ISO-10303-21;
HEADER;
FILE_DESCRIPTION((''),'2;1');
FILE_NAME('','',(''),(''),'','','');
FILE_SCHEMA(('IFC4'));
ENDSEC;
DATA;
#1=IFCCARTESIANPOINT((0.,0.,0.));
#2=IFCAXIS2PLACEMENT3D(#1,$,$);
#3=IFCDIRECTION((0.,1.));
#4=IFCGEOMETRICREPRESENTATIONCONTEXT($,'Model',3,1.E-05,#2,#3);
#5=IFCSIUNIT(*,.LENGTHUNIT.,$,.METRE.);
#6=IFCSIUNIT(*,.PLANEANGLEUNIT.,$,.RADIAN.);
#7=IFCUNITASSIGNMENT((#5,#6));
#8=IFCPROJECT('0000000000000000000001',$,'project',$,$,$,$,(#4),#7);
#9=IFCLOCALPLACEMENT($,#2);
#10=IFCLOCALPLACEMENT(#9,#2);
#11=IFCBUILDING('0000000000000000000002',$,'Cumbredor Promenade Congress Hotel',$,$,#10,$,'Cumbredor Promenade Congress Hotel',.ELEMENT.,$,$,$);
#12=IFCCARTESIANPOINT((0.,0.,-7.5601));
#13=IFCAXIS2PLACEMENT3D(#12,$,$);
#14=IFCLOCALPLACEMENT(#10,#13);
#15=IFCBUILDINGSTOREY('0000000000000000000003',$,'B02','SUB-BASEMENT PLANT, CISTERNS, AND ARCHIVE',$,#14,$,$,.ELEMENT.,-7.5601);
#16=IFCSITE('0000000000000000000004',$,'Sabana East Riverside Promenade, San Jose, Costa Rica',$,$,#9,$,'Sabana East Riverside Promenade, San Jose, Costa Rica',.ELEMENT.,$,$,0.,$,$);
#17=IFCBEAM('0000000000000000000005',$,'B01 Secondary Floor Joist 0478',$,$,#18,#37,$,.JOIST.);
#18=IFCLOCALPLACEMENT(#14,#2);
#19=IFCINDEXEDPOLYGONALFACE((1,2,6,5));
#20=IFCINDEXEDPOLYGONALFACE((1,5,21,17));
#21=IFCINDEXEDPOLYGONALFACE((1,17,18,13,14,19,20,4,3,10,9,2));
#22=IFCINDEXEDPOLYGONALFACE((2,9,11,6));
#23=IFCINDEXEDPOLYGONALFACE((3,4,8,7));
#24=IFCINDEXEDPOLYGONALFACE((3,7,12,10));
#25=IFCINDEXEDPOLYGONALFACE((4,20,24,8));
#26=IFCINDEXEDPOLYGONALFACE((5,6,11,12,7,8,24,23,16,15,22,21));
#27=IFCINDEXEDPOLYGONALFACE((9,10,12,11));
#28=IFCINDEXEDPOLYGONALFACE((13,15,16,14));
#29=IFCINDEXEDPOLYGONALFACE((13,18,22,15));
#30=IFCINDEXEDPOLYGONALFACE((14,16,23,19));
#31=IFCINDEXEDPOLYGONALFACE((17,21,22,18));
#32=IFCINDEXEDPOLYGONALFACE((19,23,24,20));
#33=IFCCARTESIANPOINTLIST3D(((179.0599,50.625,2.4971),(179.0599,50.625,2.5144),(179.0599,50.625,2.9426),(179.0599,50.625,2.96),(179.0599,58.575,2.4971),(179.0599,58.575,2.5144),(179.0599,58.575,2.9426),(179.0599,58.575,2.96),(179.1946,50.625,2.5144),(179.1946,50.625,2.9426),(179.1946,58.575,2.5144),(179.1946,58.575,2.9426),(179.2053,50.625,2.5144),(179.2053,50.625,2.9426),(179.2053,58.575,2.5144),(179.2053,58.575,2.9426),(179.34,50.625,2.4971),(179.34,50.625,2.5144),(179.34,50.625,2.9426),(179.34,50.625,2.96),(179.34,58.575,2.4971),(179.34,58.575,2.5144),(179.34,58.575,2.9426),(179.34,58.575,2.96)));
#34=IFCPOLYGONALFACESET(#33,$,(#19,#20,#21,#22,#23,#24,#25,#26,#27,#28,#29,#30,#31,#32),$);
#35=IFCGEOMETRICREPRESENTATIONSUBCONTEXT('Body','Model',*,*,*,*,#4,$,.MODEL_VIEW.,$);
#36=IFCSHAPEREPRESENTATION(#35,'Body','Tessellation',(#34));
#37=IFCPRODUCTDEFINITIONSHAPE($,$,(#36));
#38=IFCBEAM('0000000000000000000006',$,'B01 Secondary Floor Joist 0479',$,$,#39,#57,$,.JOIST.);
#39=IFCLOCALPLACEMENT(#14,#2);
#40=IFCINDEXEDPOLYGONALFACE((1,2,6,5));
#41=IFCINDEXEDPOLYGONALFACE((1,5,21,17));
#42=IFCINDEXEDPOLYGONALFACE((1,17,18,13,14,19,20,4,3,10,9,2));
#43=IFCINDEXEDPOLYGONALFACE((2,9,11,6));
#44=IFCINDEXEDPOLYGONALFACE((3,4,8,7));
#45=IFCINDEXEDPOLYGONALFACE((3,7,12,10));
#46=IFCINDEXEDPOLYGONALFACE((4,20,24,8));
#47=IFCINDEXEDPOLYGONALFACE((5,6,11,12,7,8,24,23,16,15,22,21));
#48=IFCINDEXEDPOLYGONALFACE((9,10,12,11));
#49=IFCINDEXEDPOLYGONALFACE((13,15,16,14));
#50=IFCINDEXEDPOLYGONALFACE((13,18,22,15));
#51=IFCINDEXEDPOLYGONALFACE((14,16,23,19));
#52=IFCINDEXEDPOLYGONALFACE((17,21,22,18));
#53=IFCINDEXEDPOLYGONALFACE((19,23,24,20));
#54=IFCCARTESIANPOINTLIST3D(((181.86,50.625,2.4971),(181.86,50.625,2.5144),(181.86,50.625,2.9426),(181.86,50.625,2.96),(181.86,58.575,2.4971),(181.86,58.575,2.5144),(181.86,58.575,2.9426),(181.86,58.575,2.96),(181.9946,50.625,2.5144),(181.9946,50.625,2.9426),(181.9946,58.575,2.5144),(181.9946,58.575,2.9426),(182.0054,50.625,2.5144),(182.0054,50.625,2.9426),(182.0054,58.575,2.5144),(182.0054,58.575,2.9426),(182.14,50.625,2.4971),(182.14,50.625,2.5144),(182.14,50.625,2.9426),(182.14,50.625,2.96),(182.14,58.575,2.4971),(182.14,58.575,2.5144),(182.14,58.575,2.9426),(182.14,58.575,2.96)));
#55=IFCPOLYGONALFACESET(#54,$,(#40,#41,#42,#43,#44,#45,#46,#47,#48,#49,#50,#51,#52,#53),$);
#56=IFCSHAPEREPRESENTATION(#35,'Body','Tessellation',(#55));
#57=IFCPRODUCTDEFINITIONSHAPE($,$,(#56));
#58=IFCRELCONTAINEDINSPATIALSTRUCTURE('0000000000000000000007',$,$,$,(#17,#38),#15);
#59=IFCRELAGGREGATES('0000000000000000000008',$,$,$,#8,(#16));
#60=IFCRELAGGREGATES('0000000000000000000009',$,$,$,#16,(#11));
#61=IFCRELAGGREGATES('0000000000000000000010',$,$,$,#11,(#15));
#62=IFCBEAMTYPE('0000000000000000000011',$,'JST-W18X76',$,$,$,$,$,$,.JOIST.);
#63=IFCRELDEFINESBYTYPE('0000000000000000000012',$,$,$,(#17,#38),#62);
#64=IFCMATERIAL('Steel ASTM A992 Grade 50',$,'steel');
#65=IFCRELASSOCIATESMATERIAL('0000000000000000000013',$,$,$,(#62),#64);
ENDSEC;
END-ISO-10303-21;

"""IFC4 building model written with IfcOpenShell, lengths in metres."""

from ifc_helpers import new_model, si_unit, direction, frame, origin, origin_2d, place, context, subcontext, project, spatial, i_section, extrude, material, material_profile, profile_set, type_object, element, save


model = new_model("IFC4")

# Units and contexts
model_context = context("Model", 3, precision=1e-05, world=origin(), true_north=direction((0.0, 1.0)))
body_context = subcontext(model_context, "Body", "Model", "MODEL_VIEW")
ifc_project = project(units=[si_unit("LENGTHUNIT", "METRE"), si_unit("PLANEANGLEUNIT", "RADIAN")], contexts=[model_context])

# Site, building, storey
site_placement = place(None, origin())
site = spatial("IfcSite", under=ifc_project, at=site_placement, Name="Sabana East Riverside Promenade, San Jose, Costa Rica", LongName="Sabana East Riverside Promenade, San Jose, Costa Rica", CompositionType="ELEMENT", RefElevation=0.0)
building_placement = place(site_placement, origin())
building = spatial("IfcBuilding", under=site, at=building_placement, Name="Cumbredor Promenade Congress Hotel", LongName="Cumbredor Promenade Congress Hotel", CompositionType="ELEMENT")
storey_placement = place(building_placement, frame((0.0, 0.0, -7.5601)))
storey = spatial("IfcBuildingStorey", under=building, at=storey_placement, Name="B02", Description="SUB-BASEMENT PLANT, CISTERNS, AND ARCHIVE", CompositionType="ELEMENT", Elevation=-7.5601)

# Beams
ifc_material_1 = material(Name="Steel ASTM A992 Grade 50", Category="steel")
ifc_material_profile_1 = material_profile(ifc_material_1, i_section(OverallWidth=0.28, OverallDepth=0.4629, WebThickness=0.0107, FlangeThickness=0.0173, at=origin_2d()), Name="W18X76")
ifc_profile_set_1 = profile_set([ifc_material_profile_1], Name="Steel ASTM A992 Grade 50")
beam_type_1 = type_object("IfcBeamType", Name="JST-W18X76", PredefinedType="JOIST", material=ifc_profile_set_1)
for number, where, z_axis, x_axis, name in (
    (1, (179.2, 50.625, 2.7285), (0.0, 1.0, 0.0), (-1.0, 0.0, 0.0), "B01 Secondary Floor Joist 0478"),
    (2, (182.0, 50.625, 2.7285), (0.0, 1.0, 0.0), (-1.0, 0.0, 0.0), "B01 Secondary Floor Joist 0479"),
):
    element("IfcBeam", number, at=place(storey_placement, frame(where, z_axis=z_axis, x_axis=x_axis)), inside=storey, type_object=beam_type_1, Name=name, PredefinedType="JOIST", context=body_context, shape_type="SweptSolid", body=[
        extrude(i_section(OverallWidth=0.28, OverallDepth=0.4629, WebThickness=0.0107, FlangeThickness=0.0173, at=origin_2d()), origin(), (0.0, 0.0, 1.0), 7.95),
    ])

save(model, "model.ifc")
